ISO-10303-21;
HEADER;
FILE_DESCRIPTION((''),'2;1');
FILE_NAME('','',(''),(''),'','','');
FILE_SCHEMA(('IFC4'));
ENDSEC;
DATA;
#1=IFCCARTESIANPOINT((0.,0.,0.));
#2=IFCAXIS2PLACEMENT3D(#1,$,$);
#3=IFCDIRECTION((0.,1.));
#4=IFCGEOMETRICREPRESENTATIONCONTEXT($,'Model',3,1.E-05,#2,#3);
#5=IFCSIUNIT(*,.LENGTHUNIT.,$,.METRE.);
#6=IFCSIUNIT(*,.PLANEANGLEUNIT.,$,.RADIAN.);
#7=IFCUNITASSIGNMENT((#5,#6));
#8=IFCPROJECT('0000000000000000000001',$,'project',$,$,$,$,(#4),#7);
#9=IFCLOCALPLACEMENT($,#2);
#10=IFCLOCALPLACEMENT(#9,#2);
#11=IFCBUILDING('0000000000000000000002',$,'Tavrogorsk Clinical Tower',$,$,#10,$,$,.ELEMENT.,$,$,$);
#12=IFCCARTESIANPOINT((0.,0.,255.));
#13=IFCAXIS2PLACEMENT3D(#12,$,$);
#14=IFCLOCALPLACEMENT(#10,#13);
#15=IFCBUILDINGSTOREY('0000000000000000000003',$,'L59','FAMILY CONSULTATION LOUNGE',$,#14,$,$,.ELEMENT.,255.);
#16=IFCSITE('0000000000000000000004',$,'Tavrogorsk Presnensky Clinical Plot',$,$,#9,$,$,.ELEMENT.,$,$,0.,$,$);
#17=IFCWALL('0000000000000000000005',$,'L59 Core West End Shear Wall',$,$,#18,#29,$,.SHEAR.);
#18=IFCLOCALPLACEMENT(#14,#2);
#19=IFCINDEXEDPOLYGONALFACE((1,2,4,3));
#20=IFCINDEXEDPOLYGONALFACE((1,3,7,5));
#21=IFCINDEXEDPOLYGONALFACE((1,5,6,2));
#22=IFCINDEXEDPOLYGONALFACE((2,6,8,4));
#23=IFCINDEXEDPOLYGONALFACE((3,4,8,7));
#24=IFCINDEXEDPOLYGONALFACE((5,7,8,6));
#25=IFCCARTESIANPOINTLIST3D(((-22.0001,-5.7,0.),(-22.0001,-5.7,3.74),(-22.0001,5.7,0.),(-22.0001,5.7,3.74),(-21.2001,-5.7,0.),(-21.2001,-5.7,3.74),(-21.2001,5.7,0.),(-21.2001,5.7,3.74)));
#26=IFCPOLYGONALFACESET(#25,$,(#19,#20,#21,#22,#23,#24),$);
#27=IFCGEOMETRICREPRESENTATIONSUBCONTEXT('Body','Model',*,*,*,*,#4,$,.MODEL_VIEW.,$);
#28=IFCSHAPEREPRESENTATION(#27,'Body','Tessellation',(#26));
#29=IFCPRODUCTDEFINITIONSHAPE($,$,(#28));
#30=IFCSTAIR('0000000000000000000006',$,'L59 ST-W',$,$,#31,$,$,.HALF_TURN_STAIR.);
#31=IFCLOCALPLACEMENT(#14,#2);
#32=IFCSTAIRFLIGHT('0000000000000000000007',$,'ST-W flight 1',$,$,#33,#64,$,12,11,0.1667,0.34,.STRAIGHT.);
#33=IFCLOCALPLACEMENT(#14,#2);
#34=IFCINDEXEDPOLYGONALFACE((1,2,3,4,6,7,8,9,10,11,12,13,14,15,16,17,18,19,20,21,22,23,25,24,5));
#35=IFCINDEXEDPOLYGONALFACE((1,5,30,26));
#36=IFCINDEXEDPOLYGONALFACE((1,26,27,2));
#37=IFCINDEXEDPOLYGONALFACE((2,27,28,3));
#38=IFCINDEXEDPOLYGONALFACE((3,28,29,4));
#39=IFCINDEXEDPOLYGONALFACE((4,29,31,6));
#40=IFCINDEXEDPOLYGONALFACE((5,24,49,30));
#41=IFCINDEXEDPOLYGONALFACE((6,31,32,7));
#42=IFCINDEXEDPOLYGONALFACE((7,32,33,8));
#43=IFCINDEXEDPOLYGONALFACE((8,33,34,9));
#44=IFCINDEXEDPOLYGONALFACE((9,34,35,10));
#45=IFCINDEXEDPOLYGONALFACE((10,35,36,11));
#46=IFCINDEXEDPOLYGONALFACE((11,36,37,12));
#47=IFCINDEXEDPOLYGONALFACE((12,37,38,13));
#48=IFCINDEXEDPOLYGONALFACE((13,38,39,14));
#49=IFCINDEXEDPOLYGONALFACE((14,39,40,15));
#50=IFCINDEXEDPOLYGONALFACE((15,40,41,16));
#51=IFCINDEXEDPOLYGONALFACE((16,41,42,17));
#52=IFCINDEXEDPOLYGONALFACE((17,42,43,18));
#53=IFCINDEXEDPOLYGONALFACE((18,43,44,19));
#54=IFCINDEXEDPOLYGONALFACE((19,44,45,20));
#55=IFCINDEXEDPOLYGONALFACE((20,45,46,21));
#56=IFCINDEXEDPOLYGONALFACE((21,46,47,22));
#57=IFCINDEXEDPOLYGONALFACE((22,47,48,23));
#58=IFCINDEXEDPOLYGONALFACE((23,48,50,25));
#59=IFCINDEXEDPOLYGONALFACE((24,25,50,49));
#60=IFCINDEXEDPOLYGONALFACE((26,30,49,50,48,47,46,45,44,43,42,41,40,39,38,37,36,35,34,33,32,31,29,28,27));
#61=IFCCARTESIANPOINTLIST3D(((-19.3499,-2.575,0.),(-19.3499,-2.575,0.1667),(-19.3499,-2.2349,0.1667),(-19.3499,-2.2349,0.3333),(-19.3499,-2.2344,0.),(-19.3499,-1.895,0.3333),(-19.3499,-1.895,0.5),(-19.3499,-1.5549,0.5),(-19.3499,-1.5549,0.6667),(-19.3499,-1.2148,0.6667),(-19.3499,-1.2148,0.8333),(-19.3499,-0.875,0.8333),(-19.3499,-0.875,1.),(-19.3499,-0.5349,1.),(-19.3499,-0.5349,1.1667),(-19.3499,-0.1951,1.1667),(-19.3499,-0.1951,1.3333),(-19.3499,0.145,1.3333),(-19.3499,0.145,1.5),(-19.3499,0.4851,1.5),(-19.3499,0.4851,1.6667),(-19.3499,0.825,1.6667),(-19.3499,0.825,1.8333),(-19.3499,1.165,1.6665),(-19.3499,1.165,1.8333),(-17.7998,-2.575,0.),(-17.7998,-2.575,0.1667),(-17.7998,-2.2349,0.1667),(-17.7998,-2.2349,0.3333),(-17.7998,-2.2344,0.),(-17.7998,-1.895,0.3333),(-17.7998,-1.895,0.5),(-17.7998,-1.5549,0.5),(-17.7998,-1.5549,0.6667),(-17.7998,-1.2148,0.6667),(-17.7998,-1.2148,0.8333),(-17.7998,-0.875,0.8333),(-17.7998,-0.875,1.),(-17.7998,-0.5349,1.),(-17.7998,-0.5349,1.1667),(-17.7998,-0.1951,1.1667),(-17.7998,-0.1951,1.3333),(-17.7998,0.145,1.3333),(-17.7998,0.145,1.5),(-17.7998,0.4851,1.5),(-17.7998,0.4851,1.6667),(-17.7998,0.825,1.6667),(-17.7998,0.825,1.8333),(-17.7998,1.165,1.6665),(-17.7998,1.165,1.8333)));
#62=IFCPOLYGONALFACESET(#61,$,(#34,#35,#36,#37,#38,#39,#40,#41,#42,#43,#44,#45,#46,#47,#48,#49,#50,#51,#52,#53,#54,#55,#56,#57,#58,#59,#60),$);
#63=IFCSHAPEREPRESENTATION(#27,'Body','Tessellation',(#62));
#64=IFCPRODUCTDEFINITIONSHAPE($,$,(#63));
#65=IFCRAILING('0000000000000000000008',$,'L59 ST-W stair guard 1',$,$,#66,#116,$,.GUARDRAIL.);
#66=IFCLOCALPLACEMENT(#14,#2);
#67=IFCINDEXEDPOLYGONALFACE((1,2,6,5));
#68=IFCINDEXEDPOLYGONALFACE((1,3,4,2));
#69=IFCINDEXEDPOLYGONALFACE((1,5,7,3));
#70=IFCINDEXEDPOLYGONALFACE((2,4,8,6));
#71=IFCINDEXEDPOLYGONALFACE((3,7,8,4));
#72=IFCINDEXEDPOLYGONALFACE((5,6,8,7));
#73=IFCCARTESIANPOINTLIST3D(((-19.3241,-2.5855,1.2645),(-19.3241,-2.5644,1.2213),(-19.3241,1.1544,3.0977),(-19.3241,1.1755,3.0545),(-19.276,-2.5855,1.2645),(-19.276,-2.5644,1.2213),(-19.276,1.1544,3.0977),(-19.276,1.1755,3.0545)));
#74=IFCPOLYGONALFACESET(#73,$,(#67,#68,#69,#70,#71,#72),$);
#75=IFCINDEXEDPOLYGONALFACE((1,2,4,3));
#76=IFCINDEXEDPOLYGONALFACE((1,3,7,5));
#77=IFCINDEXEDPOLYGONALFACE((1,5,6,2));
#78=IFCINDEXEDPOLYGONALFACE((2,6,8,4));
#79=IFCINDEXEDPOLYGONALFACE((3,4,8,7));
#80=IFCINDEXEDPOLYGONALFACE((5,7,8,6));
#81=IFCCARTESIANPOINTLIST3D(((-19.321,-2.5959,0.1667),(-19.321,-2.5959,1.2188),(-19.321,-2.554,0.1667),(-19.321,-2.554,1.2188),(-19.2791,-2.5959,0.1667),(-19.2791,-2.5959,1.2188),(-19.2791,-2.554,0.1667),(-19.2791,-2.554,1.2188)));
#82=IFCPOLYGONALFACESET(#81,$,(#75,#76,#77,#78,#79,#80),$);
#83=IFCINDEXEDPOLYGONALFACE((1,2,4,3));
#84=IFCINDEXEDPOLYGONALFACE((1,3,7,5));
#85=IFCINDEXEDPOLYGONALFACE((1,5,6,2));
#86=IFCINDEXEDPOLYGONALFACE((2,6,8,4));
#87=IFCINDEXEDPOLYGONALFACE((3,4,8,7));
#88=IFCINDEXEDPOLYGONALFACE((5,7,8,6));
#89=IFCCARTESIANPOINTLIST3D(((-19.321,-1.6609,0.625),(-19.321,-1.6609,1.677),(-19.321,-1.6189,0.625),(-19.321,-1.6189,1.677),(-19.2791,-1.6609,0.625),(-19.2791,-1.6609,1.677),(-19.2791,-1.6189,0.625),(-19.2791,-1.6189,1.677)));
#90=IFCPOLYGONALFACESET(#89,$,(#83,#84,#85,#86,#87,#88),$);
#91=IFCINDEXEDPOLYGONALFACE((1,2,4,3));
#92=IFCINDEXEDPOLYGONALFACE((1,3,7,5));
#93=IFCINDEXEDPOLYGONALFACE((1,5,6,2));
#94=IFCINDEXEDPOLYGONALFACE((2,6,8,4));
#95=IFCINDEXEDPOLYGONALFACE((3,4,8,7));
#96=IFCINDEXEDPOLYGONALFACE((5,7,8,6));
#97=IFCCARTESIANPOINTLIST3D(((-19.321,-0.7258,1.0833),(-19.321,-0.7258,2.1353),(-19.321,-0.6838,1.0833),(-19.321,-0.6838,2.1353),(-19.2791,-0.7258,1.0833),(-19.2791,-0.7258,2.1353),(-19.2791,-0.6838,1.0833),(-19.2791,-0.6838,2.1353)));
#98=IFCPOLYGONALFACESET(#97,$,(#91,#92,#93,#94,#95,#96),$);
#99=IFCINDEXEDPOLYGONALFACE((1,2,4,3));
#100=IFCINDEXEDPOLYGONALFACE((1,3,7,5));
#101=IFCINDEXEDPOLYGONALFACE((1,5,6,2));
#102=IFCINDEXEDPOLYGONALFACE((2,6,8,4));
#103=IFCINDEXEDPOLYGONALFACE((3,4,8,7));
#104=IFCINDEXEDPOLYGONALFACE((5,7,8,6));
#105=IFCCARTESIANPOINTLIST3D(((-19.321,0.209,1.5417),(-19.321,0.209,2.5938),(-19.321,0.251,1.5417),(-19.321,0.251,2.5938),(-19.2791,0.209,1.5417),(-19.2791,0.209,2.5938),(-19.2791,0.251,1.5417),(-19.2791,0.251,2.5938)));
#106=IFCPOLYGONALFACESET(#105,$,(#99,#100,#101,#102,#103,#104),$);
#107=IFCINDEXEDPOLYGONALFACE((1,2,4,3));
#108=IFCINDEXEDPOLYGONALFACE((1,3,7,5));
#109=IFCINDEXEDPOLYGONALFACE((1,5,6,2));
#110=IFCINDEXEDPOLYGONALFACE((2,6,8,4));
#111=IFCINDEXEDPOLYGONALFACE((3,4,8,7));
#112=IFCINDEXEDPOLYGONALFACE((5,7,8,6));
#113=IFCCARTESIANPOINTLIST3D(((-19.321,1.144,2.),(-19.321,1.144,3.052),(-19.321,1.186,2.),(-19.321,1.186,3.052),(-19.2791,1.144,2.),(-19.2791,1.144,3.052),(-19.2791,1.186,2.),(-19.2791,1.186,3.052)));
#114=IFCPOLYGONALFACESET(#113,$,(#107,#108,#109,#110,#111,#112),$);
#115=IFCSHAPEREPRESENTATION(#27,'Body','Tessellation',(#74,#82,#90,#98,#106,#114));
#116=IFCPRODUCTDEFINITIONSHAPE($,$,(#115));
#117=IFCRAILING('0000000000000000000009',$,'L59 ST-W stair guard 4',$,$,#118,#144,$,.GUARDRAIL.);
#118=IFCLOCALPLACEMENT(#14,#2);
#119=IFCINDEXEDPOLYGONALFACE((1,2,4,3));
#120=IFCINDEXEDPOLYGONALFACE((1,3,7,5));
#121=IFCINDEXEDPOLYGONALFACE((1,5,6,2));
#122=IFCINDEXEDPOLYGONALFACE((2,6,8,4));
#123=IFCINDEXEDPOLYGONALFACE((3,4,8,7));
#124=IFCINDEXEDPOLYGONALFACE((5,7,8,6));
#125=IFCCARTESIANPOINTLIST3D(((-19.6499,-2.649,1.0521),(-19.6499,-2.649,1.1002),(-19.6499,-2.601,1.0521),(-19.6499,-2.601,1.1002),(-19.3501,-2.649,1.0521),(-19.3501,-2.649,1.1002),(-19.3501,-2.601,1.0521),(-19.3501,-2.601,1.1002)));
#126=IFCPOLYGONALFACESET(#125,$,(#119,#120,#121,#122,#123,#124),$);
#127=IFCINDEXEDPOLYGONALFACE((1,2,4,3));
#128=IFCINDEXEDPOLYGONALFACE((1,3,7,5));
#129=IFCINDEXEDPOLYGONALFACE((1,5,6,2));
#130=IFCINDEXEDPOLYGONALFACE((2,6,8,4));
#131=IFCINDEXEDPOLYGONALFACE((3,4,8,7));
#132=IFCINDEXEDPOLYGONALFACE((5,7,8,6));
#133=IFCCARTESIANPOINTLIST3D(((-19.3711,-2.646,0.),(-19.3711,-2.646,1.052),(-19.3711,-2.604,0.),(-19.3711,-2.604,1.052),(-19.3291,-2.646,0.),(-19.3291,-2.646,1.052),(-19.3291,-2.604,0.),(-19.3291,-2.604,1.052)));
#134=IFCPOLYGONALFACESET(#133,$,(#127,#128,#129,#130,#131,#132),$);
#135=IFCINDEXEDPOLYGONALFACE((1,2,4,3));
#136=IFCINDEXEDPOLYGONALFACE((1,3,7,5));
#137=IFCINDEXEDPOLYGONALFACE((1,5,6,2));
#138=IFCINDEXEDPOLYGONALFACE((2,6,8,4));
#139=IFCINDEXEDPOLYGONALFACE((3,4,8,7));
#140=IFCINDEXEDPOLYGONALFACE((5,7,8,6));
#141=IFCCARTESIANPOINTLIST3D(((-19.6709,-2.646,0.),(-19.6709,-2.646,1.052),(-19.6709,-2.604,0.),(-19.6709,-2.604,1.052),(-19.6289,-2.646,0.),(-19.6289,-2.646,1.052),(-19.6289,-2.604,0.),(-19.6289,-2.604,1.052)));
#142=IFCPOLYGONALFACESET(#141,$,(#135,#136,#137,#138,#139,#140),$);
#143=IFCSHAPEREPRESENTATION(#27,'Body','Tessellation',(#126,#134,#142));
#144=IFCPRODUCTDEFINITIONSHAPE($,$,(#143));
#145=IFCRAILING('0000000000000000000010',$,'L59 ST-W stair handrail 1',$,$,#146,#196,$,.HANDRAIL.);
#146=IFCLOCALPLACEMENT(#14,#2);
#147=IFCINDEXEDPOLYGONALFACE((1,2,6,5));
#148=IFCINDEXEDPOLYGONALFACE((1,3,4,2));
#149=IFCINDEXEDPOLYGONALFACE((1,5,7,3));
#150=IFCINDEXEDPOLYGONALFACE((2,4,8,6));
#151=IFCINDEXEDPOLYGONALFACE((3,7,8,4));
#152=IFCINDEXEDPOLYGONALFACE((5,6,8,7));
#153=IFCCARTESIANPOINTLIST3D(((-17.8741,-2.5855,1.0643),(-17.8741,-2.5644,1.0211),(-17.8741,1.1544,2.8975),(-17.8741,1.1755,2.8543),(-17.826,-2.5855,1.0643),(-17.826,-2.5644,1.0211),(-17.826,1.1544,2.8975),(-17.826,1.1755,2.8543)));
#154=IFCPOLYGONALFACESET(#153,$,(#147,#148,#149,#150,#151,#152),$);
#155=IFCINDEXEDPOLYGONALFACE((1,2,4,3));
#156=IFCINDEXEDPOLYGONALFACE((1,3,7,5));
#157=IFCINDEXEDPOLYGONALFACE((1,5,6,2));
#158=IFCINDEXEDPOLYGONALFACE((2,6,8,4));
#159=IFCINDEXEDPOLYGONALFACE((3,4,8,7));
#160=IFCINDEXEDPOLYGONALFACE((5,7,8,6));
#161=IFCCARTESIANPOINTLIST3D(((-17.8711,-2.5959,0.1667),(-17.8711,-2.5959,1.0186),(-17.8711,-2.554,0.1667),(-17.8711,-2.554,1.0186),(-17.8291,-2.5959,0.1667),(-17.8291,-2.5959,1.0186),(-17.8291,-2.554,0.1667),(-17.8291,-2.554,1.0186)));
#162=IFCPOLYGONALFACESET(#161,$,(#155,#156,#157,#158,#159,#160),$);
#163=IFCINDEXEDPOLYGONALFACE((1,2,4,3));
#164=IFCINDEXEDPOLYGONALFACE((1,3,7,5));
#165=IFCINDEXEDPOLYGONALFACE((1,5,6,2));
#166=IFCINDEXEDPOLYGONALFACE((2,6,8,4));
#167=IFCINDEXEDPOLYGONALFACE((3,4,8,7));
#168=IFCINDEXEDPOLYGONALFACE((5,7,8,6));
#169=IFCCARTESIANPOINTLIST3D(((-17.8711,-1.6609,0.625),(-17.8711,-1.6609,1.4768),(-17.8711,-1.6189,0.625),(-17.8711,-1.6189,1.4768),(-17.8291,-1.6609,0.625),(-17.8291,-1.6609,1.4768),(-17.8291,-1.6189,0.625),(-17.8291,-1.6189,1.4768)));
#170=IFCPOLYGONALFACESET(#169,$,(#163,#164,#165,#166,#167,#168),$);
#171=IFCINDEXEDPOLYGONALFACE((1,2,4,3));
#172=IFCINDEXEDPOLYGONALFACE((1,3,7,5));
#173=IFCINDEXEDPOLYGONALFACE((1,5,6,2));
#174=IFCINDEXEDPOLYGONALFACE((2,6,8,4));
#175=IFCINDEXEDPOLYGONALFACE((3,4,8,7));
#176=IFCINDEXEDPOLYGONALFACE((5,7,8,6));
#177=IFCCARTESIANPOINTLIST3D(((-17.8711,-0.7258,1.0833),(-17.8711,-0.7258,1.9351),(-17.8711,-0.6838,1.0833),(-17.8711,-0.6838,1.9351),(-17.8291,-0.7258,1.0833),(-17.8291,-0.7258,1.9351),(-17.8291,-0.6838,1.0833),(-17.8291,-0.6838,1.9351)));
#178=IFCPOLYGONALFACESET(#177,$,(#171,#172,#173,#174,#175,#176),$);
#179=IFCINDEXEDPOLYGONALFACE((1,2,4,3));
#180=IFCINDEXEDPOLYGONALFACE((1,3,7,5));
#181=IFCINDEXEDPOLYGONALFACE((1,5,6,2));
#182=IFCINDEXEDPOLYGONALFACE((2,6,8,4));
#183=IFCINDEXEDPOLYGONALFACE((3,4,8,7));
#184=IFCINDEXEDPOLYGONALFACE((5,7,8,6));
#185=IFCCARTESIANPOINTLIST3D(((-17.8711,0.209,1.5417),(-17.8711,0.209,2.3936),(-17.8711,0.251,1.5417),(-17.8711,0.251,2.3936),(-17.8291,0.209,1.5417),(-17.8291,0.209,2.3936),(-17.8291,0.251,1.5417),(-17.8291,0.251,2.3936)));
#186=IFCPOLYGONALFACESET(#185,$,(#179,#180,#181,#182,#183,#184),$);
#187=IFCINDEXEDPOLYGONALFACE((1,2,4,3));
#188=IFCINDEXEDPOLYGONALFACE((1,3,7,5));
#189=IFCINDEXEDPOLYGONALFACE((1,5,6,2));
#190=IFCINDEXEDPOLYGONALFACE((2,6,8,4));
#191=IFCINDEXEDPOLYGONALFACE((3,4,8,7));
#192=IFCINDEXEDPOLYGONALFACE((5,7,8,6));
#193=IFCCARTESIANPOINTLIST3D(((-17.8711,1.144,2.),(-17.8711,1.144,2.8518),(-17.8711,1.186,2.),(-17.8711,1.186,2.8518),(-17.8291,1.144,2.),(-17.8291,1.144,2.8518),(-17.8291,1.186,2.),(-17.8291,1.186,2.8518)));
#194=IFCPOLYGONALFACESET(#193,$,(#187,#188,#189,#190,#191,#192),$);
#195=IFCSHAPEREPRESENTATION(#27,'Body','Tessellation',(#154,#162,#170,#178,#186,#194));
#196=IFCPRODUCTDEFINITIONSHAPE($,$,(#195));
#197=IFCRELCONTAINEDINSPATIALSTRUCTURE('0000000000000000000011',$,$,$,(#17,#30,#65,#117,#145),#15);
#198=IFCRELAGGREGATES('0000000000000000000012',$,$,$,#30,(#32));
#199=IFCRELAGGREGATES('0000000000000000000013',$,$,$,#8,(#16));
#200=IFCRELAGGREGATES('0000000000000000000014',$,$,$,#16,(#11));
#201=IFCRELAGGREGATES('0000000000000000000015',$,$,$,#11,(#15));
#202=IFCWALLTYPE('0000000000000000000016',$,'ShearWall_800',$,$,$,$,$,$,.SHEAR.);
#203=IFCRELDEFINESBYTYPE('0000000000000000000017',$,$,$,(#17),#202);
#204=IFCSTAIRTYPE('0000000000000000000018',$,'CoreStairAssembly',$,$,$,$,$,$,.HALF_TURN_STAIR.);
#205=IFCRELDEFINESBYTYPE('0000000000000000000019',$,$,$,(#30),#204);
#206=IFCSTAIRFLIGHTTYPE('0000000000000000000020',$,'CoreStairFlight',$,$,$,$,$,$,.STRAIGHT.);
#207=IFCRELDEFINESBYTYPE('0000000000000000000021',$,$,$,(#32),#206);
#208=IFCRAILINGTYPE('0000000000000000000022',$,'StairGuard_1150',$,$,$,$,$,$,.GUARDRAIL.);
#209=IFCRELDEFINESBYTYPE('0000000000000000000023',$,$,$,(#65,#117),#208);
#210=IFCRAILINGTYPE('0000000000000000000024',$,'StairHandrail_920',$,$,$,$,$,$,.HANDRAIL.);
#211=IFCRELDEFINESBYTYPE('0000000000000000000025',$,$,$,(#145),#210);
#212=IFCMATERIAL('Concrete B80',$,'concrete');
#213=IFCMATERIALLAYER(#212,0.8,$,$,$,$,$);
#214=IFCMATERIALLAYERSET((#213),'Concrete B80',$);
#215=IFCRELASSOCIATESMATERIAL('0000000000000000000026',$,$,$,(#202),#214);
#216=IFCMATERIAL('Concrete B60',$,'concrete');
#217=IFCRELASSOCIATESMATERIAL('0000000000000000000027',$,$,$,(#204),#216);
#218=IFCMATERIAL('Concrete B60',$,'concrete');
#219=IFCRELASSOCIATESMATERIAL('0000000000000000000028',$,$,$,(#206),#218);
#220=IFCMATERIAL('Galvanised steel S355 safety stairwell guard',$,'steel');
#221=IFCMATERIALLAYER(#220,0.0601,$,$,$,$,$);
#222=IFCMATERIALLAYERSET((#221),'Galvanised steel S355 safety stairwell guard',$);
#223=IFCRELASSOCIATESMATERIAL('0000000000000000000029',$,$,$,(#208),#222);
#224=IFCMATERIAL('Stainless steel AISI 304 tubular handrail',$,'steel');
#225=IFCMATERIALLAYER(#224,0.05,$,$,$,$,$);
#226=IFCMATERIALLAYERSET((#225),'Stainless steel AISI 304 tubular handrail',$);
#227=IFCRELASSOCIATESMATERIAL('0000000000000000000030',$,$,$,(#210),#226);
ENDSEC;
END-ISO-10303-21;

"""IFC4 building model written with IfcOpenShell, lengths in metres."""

from ifc_helpers import new_model, si_unit, direction, frame, frame_2d, origin, origin_2d, place, context, subcontext, project, spatial, polyline, rectangle, outline, extrude, material, layer, layer_set, type_object, element, aggregate, save


model = new_model("IFC4")

# Units and contexts
model_context = context("Model", 3, precision=1e-05, world=origin(), true_north=direction((0.0, 1.0)))
body_context = subcontext(model_context, "Body", "Model", "MODEL_VIEW")
ifc_project = project(units=[si_unit("LENGTHUNIT", "METRE"), si_unit("PLANEANGLEUNIT", "RADIAN")], contexts=[model_context])

# Site, building, storey
site_placement = place(None, origin())
site = spatial("IfcSite", under=ifc_project, at=site_placement, Name="Tavrogorsk Presnensky Clinical Plot", CompositionType="ELEMENT", RefElevation=0.0)
building_placement = place(site_placement, origin())
building = spatial("IfcBuilding", under=site, at=building_placement, Name="Tavrogorsk Clinical Tower", CompositionType="ELEMENT")
storey_placement = place(building_placement, frame((0.0, 0.0, 255.0)))
storey = spatial("IfcBuildingStorey", under=building, at=storey_placement, Name="L59", Description="FAMILY CONSULTATION LOUNGE", CompositionType="ELEMENT", Elevation=255.0)

# Wall
ifc_material_1 = material(Name="Concrete B80", Category="concrete")
ifc_layer_1 = layer(ifc_material_1, 0.8)
ifc_layer_set_1 = layer_set([ifc_layer_1], Name="Concrete B80")
wall_type_1 = type_object("IfcWallType", Name="ShearWall_800", PredefinedType="SHEAR", material=ifc_layer_set_1)
wall_1_placement = place(storey_placement, frame((-21.6001, -5.7, 0.0), z_axis=(0.0, 0.0, 1.0), x_axis=(0.0, 1.0, 0.0)))
element("IfcWall", 1, at=wall_1_placement, inside=storey, type_object=wall_type_1, Name="L59 Core West End Shear Wall", PredefinedType="SHEAR", context=body_context, shape_type="SweptSolid", body=[
    extrude(rectangle(XDim=11.3999, YDim=0.8, at=frame_2d((5.7, 0.0))), origin(), (0.0, 0.0, 1.0), 3.74),
])

# Stair, stair flight
ifc_material_2 = material(Name="Concrete B60", Category="concrete")
stair_type = type_object("IfcStairType", Name="CoreStairAssembly", PredefinedType="HALF_TURN_STAIR", material=ifc_material_2)
stair_placement = place(storey_placement, origin())
stair = element("IfcStair", 2, at=stair_placement, inside=storey, type_object=stair_type, Name="L59 ST-W", PredefinedType="HALF_TURN_STAIR")
ifc_material_3 = material(Name="Concrete B60", Category="concrete")
stair_flight_type = type_object("IfcStairFlightType", Name="CoreStairFlight", PredefinedType="STRAIGHT", material=ifc_material_3)
stair_flight_placement = place(storey_placement, frame((-18.575, -2.575, 0.0), z_axis=(0.0, 0.0, 1.0), x_axis=(0.0, 1.0, 0.0)))
stair_flight = element("IfcStairFlight", 3, at=stair_flight_placement, type_object=stair_flight_type, Name="ST-W flight 1", NumberOfRisers=12, NumberOfTreads=11, PredefinedType="STRAIGHT", RiserHeight=0.1667, TreadLength=0.34, context=body_context, shape_type="SweptSolid", body=[
    extrude(outline(polyline([(0.0, 0.0), (0.0, 0.1667), (0.3401, 0.1667), (0.3401, 0.3333), (0.6799, 0.3333), (0.6799, 0.5), (1.02, 0.5), (1.02, 0.6667), (1.3601, 0.6667), (1.3601, 0.8333), (1.7, 0.8333), (1.7, 1.0), (2.04, 1.0), (2.04, 1.1667), (2.3799, 1.1667), (2.3799, 1.3333), (2.72, 1.3333), (2.72, 1.5), (3.0601, 1.5), (3.0601, 1.6667), (3.3999, 1.6667), (3.3999, 1.8333), (3.74, 1.8333), (3.74, 2.0), (3.74, 1.6665), (0.3406, 0.0), (0.0, 0.0)])), frame((0.0, 0.7749, 0.0), z_axis=(0.0, -1.0, 0.0), x_axis=(1.0, 0.0, 0.0)), (0.0, 0.0, 1.0), 1.55),
])
aggregate(stair, [stair_flight])

# Railings
ifc_material_4 = material(Name="Galvanised steel S355 safety stairwell guard", Category="steel")
ifc_layer_2 = layer(ifc_material_4, 0.0601)
ifc_layer_set_2 = layer_set([ifc_layer_2], Name="Galvanised steel S355 safety stairwell guard")
railing_type_1 = type_object("IfcRailingType", Name="StairGuard_1150", PredefinedType="GUARDRAIL", material=ifc_layer_set_2)
railing_1_placement = place(storey_placement, frame((-19.3, -2.575, 0.1667)))
element("IfcRailing", 4, at=railing_1_placement, inside=storey, type_object=railing_type_1, Name="L59 ST-W stair guard 1", PredefinedType="GUARDRAIL", context=body_context, shape_type="SweptSolid", body=[
    extrude(rectangle(XDim=0.0481, YDim=0.0481, at=origin_2d()), frame((0.0, 0.0, 1.0762), z_axis=(0.0, 0.897928, 0.440142), x_axis=(-1.0, 0.0, 0.0)), (0.0, 0.0, 1.0), 4.165),
    extrude(rectangle(XDim=0.042, YDim=0.042, at=origin_2d()), origin(), (0.0, 0.0, 1.0), 1.052),
    extrude(rectangle(XDim=0.042, YDim=0.042, at=origin_2d()), frame((0.0, 0.9351, 0.4583)), (0.0, 0.0, 1.0), 1.052),
    extrude(rectangle(XDim=0.042, YDim=0.042, at=origin_2d()), frame((0.0, 1.8701, 0.9165)), (0.0, 0.0, 1.0), 1.052),
    extrude(rectangle(XDim=0.042, YDim=0.042, at=origin_2d()), frame((0.0, 2.8049, 1.375)), (0.0, 0.0, 1.0), 1.052),
    extrude(rectangle(XDim=0.042, YDim=0.042, at=origin_2d()), frame((0.0, 3.74, 1.8333)), (0.0, 0.0, 1.0), 1.052),
])
railing_2_placement = place(storey_placement, frame((-19.3501, -2.625, 0.0)))
element("IfcRailing", 5, at=railing_2_placement, inside=storey, type_object=railing_type_1, Name="L59 ST-W stair guard 4", PredefinedType="GUARDRAIL", context=body_context, shape_type="SweptSolid", body=[
    extrude(rectangle(XDim=0.0481, YDim=0.0481, at=origin_2d()), frame((0.0, 0.0, 1.0762), z_axis=(-1.0, 0.0, 0.0), x_axis=(0.0, -1.0, 0.0)), (0.0, 0.0, 1.0), 0.2998),
    extrude(rectangle(XDim=0.042, YDim=0.042, at=origin_2d()), origin(), (0.0, 0.0, 1.0), 1.052),
    extrude(rectangle(XDim=0.042, YDim=0.042, at=origin_2d()), frame((-0.2998, 0.0, 0.0)), (0.0, 0.0, 1.0), 1.052),
])
ifc_material_5 = material(Name="Stainless steel AISI 304 tubular handrail", Category="steel")
ifc_layer_3 = layer(ifc_material_5, 0.05)
ifc_layer_set_3 = layer_set([ifc_layer_3], Name="Stainless steel AISI 304 tubular handrail")
railing_type_2 = type_object("IfcRailingType", Name="StairHandrail_920", PredefinedType="HANDRAIL", material=ifc_layer_set_3)
railing_3_placement = place(storey_placement, frame((-17.8501, -2.575, 0.1667)))
element("IfcRailing", 6, at=railing_3_placement, inside=storey, type_object=railing_type_2, Name="L59 ST-W stair handrail 1", PredefinedType="HANDRAIL", context=body_context, shape_type="SweptSolid", body=[
    extrude(rectangle(XDim=0.0481, YDim=0.0481, at=origin_2d()), frame((0.0, 0.0, 0.876), z_axis=(0.0, 0.897928, 0.440142), x_axis=(-1.0, 0.0, 0.0)), (0.0, 0.0, 1.0), 4.165),
    extrude(rectangle(XDim=0.042, YDim=0.042, at=origin_2d()), origin(), (0.0, 0.0, 1.0), 0.8518),
    extrude(rectangle(XDim=0.042, YDim=0.042, at=origin_2d()), frame((0.0, 0.9351, 0.4583)), (0.0, 0.0, 1.0), 0.8518),
    extrude(rectangle(XDim=0.042, YDim=0.042, at=origin_2d()), frame((0.0, 1.8701, 0.9165)), (0.0, 0.0, 1.0), 0.8518),
    extrude(rectangle(XDim=0.042, YDim=0.042, at=origin_2d()), frame((0.0, 2.8049, 1.375)), (0.0, 0.0, 1.0), 0.8518),
    extrude(rectangle(XDim=0.042, YDim=0.042, at=origin_2d()), frame((0.0, 3.74, 1.8333)), (0.0, 0.0, 1.0), 0.8518),
])

save(model, "model.ifc")
